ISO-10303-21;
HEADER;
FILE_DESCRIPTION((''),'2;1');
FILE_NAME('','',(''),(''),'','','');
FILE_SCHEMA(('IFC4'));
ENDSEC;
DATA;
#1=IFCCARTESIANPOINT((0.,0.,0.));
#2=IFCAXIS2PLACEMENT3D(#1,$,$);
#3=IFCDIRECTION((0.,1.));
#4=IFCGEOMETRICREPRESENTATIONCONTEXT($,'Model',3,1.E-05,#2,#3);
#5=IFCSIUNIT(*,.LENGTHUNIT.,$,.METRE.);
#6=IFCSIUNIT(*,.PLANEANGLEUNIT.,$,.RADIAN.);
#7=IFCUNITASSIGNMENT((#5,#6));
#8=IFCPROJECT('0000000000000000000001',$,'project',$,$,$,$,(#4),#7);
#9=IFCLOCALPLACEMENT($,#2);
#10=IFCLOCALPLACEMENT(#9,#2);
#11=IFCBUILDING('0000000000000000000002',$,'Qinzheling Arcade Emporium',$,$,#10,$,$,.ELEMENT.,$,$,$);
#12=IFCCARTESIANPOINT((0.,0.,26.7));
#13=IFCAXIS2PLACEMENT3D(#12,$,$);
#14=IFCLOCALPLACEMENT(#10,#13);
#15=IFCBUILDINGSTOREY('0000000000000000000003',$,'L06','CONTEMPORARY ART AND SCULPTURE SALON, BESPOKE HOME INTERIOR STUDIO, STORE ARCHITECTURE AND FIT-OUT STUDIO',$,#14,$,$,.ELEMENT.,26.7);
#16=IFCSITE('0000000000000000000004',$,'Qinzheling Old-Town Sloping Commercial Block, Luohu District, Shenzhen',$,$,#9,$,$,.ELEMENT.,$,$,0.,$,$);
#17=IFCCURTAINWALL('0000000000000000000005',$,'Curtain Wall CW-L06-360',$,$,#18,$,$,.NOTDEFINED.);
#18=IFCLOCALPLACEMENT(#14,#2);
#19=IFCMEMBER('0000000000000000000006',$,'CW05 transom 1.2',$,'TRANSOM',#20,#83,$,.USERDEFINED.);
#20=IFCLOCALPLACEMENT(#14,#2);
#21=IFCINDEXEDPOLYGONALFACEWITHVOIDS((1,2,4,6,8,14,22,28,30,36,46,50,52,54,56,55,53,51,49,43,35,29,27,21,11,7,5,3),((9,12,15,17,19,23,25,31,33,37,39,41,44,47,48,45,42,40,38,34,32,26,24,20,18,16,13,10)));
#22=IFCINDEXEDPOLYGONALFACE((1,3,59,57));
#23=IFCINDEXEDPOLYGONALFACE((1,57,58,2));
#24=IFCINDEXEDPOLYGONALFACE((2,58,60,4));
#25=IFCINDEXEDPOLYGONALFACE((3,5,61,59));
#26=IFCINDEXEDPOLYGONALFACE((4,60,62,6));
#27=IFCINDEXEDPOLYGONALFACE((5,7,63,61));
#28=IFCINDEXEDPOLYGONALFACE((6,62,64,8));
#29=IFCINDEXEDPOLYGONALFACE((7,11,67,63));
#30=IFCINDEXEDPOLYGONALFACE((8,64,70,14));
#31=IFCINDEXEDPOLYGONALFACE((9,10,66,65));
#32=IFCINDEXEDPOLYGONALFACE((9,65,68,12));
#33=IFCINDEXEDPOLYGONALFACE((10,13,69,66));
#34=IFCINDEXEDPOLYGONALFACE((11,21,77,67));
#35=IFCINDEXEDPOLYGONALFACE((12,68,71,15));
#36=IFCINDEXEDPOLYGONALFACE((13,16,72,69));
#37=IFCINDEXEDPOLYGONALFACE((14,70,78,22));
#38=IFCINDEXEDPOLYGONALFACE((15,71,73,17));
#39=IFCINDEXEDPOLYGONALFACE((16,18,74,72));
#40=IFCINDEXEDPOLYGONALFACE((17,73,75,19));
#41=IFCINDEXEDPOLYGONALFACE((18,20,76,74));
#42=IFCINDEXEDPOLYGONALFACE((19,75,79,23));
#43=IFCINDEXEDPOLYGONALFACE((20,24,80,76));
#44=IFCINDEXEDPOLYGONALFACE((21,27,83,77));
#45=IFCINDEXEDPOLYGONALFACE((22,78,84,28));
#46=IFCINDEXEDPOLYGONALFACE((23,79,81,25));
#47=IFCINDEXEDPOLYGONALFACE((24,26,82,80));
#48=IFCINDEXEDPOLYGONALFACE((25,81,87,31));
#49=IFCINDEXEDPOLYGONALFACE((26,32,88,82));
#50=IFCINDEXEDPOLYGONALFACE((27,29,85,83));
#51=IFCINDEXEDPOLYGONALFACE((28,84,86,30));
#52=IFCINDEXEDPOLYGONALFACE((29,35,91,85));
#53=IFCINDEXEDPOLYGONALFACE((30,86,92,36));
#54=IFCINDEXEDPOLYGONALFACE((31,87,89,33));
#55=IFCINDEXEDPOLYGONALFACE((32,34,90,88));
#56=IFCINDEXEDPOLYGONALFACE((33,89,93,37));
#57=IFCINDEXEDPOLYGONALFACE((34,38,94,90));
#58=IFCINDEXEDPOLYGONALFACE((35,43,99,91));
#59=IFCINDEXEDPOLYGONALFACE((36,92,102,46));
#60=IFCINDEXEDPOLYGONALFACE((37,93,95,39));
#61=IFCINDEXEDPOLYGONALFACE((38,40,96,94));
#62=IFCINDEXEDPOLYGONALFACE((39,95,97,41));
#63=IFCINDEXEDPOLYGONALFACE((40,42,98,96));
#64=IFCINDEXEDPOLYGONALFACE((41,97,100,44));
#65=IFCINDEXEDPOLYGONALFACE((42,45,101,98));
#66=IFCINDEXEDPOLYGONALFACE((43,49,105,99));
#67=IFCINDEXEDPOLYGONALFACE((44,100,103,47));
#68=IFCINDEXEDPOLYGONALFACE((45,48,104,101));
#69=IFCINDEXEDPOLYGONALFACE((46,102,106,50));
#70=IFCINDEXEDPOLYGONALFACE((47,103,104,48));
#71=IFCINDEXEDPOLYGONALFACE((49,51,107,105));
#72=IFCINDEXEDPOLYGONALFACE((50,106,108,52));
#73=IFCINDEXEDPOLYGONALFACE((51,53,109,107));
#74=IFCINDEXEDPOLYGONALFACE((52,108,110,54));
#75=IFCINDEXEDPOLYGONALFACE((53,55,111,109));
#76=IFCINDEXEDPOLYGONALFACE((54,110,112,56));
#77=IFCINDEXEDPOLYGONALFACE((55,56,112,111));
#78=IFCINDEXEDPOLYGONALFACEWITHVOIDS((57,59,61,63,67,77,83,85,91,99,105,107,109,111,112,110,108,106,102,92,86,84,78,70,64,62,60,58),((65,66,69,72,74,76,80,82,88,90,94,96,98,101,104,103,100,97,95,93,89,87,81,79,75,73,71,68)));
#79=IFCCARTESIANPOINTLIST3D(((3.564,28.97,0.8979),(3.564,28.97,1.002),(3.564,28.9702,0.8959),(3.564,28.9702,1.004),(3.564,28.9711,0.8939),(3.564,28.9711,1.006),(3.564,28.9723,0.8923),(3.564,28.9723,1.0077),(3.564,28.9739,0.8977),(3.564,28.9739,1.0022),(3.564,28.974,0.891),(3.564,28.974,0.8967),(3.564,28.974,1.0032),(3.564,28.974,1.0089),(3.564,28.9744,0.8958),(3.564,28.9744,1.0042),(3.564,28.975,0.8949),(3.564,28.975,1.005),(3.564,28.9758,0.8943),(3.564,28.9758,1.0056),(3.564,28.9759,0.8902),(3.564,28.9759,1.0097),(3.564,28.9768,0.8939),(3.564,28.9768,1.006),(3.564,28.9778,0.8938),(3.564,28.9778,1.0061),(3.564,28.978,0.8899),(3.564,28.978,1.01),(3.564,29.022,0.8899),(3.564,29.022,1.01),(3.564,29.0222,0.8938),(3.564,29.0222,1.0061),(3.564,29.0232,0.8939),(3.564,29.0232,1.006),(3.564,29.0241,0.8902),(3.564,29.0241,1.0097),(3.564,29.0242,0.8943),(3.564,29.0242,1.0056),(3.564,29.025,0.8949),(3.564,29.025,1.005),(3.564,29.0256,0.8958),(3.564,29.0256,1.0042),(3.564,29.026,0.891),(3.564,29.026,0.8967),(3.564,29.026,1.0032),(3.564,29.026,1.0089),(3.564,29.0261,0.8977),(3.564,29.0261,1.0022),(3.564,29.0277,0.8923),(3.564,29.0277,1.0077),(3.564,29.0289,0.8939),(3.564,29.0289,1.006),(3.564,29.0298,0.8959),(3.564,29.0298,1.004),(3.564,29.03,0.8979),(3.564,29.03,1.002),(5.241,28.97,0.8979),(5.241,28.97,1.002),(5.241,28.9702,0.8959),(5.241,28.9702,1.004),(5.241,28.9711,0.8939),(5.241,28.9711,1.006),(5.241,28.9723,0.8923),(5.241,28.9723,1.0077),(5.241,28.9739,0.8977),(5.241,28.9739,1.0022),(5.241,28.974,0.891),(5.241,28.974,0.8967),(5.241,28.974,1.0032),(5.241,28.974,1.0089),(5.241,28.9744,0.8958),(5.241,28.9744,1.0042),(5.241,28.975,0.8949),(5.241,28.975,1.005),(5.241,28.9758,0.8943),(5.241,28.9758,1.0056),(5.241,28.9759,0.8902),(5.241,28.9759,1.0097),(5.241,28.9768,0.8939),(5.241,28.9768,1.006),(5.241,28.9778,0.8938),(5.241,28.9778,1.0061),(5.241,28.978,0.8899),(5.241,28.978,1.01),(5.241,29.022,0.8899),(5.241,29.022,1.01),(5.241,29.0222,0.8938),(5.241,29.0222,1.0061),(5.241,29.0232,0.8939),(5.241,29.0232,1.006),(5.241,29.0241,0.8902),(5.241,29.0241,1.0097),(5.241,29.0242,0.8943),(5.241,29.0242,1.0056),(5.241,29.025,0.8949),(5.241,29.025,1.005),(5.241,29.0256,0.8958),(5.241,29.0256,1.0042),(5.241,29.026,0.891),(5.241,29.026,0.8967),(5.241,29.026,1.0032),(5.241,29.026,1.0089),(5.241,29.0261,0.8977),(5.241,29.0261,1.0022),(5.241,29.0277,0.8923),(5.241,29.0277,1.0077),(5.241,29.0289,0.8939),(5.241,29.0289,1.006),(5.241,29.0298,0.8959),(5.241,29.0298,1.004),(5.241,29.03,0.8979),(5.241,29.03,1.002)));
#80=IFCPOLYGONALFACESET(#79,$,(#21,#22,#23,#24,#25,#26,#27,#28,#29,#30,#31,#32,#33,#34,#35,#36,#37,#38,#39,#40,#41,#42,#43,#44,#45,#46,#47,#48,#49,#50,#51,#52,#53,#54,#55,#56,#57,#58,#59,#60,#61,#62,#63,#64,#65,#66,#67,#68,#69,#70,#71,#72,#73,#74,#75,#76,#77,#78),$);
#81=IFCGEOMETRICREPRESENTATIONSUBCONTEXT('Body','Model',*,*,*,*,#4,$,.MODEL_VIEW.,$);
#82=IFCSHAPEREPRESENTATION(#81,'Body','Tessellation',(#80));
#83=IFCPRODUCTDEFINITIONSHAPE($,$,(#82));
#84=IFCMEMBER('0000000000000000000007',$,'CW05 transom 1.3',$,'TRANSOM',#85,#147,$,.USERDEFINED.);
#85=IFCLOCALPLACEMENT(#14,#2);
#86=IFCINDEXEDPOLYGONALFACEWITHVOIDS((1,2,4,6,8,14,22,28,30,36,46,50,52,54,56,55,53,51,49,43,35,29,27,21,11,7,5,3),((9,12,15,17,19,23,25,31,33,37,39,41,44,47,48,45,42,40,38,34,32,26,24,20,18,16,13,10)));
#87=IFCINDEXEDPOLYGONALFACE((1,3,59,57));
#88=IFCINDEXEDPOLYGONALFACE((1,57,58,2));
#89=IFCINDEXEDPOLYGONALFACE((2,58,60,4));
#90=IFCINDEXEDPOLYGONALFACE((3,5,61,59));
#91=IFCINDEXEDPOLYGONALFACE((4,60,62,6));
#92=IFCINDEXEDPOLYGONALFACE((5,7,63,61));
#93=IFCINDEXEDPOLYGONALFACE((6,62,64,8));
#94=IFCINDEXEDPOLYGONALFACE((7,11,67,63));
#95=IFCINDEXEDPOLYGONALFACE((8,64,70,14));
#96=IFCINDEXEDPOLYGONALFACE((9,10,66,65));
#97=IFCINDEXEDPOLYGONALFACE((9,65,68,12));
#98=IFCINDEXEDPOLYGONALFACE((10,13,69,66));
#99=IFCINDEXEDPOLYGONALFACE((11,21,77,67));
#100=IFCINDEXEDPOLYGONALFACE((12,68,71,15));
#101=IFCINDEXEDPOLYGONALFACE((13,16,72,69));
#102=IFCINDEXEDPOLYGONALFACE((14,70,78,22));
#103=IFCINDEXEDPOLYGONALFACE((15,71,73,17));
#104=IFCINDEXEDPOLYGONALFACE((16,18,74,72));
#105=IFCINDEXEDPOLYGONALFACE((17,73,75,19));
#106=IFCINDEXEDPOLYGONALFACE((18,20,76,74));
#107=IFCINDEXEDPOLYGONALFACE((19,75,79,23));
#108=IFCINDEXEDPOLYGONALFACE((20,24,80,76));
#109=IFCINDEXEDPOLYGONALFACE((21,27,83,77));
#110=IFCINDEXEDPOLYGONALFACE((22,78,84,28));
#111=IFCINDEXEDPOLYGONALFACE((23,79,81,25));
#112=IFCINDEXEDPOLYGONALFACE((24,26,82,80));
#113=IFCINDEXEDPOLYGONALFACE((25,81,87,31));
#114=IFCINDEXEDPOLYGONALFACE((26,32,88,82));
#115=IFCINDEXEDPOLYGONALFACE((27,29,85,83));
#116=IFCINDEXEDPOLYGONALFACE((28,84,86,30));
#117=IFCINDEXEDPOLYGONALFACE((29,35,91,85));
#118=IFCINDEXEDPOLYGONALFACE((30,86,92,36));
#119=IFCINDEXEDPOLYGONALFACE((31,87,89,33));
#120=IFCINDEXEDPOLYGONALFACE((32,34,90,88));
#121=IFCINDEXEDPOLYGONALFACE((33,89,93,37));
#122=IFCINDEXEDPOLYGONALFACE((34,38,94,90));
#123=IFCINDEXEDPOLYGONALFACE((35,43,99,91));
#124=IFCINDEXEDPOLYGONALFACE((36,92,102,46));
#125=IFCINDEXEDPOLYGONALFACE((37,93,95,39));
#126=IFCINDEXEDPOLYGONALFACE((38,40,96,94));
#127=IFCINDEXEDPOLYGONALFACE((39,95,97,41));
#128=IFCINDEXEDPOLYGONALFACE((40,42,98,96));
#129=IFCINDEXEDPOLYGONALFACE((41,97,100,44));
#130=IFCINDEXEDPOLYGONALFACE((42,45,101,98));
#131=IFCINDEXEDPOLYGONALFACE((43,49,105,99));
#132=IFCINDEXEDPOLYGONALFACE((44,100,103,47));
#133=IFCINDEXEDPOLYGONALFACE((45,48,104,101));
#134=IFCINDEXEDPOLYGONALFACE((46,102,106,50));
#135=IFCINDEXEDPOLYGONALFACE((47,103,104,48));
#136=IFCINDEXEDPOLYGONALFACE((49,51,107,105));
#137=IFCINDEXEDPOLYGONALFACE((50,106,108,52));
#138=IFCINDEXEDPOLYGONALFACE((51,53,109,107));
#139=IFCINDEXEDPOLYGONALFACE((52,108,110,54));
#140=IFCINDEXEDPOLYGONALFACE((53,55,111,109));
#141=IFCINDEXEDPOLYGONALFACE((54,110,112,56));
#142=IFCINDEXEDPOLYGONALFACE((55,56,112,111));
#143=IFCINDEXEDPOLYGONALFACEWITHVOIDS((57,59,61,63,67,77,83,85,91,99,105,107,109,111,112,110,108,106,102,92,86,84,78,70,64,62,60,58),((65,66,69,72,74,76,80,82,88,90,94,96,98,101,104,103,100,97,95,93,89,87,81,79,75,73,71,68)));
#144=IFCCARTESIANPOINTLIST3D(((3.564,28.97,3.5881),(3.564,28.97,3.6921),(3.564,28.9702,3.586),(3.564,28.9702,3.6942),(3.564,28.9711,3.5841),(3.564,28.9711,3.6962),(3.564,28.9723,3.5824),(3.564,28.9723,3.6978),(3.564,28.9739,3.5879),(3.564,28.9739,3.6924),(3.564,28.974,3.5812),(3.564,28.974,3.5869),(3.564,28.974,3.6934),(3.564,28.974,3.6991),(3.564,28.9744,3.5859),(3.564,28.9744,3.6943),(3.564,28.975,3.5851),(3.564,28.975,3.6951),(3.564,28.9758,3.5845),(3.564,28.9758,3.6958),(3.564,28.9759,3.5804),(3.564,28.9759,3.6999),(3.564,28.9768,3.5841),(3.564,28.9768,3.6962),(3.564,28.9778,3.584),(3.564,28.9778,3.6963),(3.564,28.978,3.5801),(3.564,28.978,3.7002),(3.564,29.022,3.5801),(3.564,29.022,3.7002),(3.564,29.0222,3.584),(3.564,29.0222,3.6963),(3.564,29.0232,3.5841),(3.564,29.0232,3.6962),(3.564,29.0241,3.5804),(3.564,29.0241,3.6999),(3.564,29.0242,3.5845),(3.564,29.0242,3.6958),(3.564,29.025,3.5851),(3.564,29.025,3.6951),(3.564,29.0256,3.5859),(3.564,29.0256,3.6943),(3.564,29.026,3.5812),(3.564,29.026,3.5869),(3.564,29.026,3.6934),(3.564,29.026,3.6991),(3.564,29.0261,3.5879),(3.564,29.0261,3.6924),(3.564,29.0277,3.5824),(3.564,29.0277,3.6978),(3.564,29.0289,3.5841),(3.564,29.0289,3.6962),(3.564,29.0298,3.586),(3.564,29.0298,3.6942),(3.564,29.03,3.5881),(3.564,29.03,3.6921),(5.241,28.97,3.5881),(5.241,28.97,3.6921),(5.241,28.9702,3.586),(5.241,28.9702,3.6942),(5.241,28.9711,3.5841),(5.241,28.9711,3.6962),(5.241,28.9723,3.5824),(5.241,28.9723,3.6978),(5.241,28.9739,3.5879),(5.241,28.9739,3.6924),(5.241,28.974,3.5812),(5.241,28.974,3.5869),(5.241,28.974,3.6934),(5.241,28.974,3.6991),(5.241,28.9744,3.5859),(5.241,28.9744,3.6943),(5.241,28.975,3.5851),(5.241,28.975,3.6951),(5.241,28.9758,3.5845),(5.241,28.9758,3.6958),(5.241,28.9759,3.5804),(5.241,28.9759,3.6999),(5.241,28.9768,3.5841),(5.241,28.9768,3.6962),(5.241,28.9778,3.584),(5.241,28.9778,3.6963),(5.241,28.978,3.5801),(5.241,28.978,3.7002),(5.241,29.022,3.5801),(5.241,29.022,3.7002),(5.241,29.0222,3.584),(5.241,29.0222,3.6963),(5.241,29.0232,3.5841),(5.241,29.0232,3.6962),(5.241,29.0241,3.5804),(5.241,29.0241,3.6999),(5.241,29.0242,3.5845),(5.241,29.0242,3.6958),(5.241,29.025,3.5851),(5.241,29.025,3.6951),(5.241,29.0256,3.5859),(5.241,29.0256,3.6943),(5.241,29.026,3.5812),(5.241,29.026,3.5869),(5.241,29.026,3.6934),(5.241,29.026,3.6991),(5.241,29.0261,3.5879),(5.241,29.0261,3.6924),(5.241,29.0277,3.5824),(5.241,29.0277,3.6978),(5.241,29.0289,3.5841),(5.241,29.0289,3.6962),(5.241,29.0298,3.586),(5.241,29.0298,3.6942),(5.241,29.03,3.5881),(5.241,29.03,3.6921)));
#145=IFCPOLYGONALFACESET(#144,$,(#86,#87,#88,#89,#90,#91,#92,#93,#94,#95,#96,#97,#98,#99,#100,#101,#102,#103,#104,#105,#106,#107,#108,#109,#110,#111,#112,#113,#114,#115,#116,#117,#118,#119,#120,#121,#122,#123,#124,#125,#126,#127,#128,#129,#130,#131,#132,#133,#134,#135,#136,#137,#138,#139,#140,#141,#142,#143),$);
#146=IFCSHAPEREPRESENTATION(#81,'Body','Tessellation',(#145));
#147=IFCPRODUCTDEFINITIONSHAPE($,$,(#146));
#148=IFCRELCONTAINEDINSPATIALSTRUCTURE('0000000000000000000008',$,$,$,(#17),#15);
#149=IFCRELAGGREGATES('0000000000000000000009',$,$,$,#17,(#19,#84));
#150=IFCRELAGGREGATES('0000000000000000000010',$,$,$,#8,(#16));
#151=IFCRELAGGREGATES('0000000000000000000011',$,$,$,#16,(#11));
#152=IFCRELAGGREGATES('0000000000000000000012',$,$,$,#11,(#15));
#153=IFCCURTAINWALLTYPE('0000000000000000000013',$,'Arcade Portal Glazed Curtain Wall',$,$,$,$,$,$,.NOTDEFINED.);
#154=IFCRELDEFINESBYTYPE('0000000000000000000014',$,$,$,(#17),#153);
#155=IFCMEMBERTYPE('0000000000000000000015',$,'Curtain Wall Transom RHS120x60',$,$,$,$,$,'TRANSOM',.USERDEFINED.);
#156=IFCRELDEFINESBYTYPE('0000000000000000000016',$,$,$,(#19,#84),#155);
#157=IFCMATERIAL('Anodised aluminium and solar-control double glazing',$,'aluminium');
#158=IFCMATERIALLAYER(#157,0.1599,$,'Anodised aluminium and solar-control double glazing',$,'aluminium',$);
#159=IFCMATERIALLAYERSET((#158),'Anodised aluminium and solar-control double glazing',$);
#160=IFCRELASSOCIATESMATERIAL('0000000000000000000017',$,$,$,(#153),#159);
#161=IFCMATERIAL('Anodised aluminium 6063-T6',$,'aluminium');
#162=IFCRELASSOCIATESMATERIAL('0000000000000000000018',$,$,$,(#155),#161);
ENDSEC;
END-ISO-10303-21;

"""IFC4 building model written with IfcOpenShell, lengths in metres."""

from ifc_helpers import new_model, si_unit, direction, frame, origin, origin_2d, place, context, subcontext, project, spatial, hollow_rectangle, extrude, material, layer, layer_set, material_profile, profile_set, type_object, element, aggregate, save


model = new_model("IFC4")

# Units and contexts
model_context = context("Model", 3, precision=1e-05, world=origin(), true_north=direction((0.0, 1.0)))
body_context = subcontext(model_context, "Body", "Model", "MODEL_VIEW")
ifc_project = project(units=[si_unit("LENGTHUNIT", "METRE"), si_unit("PLANEANGLEUNIT", "RADIAN")], contexts=[model_context])

# Site, building, storey
site_placement = place(None, origin())
site = spatial("IfcSite", under=ifc_project, at=site_placement, Name="Qinzheling Old-Town Sloping Commercial Block, Luohu District, Shenzhen", CompositionType="ELEMENT", RefElevation=0.0)
building_placement = place(site_placement, origin())
building = spatial("IfcBuilding", under=site, at=building_placement, Name="Qinzheling Arcade Emporium", CompositionType="ELEMENT")
storey_placement = place(building_placement, frame((0.0, 0.0, 26.7)))
storey = spatial("IfcBuildingStorey", under=building, at=storey_placement, Name="L06", Description="CONTEMPORARY ART AND SCULPTURE SALON, BESPOKE HOME INTERIOR STUDIO, STORE ARCHITECTURE AND FIT-OUT STUDIO", CompositionType="ELEMENT", Elevation=26.7)

# Curtain wall, members
ifc_material_1 = material(Name="Anodised aluminium and solar-control double glazing", Category="aluminium")
ifc_layer_1 = layer(ifc_material_1, 0.1599, Name="Anodised aluminium and solar-control double glazing", Category="aluminium")
ifc_layer_set_1 = layer_set([ifc_layer_1], Name="Anodised aluminium and solar-control double glazing")
curtain_wall_type = type_object("IfcCurtainWallType", Name="Arcade Portal Glazed Curtain Wall", PredefinedType="NOTDEFINED", material=ifc_layer_set_1)
curtain_wall_placement = place(storey_placement, origin())
curtain_wall = element("IfcCurtainWall", 1, at=curtain_wall_placement, inside=storey, type_object=curtain_wall_type, Name="Curtain Wall CW-L06-360", PredefinedType="NOTDEFINED")
ifc_material_2 = material(Name="Anodised aluminium 6063-T6", Category="aluminium")
ifc_material_profile_1 = material_profile(ifc_material_2, hollow_rectangle(XDim=0.0601, YDim=0.1201, WallThickness=0.0039, InnerFilletRadius=0.0039, OuterFilletRadius=0.0081, at=origin_2d()), Name="RHS 120x60x4", Category="aluminium")
ifc_profile_set_1 = profile_set([ifc_material_profile_1], Name="Anodised aluminium 6063-T6")
member_type_1 = type_object("IfcMemberType", Name="Curtain Wall Transom RHS120x60", ElementType="TRANSOM", PredefinedType="USERDEFINED", material=ifc_profile_set_1)
member_1_placement = place(storey_placement, frame((5.241, 29.0, 0.95), z_axis=(-1.0, 0.0, 0.0), x_axis=(0.0, -1.0, 0.0)))
member_1 = element("IfcMember", 2, at=member_1_placement, type_object=member_type_1, Name="CW05 transom 1.2", ObjectType="TRANSOM", PredefinedType="USERDEFINED", context=body_context, shape_type="SweptSolid", body=[
    extrude(hollow_rectangle(XDim=0.0601, YDim=0.1201, WallThickness=0.0039, InnerFilletRadius=0.0039, OuterFilletRadius=0.0081, at=origin_2d()), origin(), (0.0, 0.0, 1.0), 1.677),
])
member_2_placement = place(storey_placement, frame((5.241, 29.0, 3.6401), z_axis=(-1.0, 0.0, 0.0), x_axis=(0.0, -1.0, 0.0)))
member_2 = element("IfcMember", 3, at=member_2_placement, type_object=member_type_1, Name="CW05 transom 1.3", ObjectType="TRANSOM", PredefinedType="USERDEFINED", context=body_context, shape_type="SweptSolid", body=[
    extrude(hollow_rectangle(XDim=0.0601, YDim=0.1201, WallThickness=0.0039, InnerFilletRadius=0.0039, OuterFilletRadius=0.0081, at=origin_2d()), origin(), (0.0, 0.0, 1.0), 1.677),
])
aggregate(curtain_wall, [member_1, member_2])

save(model, "model.ifc")
